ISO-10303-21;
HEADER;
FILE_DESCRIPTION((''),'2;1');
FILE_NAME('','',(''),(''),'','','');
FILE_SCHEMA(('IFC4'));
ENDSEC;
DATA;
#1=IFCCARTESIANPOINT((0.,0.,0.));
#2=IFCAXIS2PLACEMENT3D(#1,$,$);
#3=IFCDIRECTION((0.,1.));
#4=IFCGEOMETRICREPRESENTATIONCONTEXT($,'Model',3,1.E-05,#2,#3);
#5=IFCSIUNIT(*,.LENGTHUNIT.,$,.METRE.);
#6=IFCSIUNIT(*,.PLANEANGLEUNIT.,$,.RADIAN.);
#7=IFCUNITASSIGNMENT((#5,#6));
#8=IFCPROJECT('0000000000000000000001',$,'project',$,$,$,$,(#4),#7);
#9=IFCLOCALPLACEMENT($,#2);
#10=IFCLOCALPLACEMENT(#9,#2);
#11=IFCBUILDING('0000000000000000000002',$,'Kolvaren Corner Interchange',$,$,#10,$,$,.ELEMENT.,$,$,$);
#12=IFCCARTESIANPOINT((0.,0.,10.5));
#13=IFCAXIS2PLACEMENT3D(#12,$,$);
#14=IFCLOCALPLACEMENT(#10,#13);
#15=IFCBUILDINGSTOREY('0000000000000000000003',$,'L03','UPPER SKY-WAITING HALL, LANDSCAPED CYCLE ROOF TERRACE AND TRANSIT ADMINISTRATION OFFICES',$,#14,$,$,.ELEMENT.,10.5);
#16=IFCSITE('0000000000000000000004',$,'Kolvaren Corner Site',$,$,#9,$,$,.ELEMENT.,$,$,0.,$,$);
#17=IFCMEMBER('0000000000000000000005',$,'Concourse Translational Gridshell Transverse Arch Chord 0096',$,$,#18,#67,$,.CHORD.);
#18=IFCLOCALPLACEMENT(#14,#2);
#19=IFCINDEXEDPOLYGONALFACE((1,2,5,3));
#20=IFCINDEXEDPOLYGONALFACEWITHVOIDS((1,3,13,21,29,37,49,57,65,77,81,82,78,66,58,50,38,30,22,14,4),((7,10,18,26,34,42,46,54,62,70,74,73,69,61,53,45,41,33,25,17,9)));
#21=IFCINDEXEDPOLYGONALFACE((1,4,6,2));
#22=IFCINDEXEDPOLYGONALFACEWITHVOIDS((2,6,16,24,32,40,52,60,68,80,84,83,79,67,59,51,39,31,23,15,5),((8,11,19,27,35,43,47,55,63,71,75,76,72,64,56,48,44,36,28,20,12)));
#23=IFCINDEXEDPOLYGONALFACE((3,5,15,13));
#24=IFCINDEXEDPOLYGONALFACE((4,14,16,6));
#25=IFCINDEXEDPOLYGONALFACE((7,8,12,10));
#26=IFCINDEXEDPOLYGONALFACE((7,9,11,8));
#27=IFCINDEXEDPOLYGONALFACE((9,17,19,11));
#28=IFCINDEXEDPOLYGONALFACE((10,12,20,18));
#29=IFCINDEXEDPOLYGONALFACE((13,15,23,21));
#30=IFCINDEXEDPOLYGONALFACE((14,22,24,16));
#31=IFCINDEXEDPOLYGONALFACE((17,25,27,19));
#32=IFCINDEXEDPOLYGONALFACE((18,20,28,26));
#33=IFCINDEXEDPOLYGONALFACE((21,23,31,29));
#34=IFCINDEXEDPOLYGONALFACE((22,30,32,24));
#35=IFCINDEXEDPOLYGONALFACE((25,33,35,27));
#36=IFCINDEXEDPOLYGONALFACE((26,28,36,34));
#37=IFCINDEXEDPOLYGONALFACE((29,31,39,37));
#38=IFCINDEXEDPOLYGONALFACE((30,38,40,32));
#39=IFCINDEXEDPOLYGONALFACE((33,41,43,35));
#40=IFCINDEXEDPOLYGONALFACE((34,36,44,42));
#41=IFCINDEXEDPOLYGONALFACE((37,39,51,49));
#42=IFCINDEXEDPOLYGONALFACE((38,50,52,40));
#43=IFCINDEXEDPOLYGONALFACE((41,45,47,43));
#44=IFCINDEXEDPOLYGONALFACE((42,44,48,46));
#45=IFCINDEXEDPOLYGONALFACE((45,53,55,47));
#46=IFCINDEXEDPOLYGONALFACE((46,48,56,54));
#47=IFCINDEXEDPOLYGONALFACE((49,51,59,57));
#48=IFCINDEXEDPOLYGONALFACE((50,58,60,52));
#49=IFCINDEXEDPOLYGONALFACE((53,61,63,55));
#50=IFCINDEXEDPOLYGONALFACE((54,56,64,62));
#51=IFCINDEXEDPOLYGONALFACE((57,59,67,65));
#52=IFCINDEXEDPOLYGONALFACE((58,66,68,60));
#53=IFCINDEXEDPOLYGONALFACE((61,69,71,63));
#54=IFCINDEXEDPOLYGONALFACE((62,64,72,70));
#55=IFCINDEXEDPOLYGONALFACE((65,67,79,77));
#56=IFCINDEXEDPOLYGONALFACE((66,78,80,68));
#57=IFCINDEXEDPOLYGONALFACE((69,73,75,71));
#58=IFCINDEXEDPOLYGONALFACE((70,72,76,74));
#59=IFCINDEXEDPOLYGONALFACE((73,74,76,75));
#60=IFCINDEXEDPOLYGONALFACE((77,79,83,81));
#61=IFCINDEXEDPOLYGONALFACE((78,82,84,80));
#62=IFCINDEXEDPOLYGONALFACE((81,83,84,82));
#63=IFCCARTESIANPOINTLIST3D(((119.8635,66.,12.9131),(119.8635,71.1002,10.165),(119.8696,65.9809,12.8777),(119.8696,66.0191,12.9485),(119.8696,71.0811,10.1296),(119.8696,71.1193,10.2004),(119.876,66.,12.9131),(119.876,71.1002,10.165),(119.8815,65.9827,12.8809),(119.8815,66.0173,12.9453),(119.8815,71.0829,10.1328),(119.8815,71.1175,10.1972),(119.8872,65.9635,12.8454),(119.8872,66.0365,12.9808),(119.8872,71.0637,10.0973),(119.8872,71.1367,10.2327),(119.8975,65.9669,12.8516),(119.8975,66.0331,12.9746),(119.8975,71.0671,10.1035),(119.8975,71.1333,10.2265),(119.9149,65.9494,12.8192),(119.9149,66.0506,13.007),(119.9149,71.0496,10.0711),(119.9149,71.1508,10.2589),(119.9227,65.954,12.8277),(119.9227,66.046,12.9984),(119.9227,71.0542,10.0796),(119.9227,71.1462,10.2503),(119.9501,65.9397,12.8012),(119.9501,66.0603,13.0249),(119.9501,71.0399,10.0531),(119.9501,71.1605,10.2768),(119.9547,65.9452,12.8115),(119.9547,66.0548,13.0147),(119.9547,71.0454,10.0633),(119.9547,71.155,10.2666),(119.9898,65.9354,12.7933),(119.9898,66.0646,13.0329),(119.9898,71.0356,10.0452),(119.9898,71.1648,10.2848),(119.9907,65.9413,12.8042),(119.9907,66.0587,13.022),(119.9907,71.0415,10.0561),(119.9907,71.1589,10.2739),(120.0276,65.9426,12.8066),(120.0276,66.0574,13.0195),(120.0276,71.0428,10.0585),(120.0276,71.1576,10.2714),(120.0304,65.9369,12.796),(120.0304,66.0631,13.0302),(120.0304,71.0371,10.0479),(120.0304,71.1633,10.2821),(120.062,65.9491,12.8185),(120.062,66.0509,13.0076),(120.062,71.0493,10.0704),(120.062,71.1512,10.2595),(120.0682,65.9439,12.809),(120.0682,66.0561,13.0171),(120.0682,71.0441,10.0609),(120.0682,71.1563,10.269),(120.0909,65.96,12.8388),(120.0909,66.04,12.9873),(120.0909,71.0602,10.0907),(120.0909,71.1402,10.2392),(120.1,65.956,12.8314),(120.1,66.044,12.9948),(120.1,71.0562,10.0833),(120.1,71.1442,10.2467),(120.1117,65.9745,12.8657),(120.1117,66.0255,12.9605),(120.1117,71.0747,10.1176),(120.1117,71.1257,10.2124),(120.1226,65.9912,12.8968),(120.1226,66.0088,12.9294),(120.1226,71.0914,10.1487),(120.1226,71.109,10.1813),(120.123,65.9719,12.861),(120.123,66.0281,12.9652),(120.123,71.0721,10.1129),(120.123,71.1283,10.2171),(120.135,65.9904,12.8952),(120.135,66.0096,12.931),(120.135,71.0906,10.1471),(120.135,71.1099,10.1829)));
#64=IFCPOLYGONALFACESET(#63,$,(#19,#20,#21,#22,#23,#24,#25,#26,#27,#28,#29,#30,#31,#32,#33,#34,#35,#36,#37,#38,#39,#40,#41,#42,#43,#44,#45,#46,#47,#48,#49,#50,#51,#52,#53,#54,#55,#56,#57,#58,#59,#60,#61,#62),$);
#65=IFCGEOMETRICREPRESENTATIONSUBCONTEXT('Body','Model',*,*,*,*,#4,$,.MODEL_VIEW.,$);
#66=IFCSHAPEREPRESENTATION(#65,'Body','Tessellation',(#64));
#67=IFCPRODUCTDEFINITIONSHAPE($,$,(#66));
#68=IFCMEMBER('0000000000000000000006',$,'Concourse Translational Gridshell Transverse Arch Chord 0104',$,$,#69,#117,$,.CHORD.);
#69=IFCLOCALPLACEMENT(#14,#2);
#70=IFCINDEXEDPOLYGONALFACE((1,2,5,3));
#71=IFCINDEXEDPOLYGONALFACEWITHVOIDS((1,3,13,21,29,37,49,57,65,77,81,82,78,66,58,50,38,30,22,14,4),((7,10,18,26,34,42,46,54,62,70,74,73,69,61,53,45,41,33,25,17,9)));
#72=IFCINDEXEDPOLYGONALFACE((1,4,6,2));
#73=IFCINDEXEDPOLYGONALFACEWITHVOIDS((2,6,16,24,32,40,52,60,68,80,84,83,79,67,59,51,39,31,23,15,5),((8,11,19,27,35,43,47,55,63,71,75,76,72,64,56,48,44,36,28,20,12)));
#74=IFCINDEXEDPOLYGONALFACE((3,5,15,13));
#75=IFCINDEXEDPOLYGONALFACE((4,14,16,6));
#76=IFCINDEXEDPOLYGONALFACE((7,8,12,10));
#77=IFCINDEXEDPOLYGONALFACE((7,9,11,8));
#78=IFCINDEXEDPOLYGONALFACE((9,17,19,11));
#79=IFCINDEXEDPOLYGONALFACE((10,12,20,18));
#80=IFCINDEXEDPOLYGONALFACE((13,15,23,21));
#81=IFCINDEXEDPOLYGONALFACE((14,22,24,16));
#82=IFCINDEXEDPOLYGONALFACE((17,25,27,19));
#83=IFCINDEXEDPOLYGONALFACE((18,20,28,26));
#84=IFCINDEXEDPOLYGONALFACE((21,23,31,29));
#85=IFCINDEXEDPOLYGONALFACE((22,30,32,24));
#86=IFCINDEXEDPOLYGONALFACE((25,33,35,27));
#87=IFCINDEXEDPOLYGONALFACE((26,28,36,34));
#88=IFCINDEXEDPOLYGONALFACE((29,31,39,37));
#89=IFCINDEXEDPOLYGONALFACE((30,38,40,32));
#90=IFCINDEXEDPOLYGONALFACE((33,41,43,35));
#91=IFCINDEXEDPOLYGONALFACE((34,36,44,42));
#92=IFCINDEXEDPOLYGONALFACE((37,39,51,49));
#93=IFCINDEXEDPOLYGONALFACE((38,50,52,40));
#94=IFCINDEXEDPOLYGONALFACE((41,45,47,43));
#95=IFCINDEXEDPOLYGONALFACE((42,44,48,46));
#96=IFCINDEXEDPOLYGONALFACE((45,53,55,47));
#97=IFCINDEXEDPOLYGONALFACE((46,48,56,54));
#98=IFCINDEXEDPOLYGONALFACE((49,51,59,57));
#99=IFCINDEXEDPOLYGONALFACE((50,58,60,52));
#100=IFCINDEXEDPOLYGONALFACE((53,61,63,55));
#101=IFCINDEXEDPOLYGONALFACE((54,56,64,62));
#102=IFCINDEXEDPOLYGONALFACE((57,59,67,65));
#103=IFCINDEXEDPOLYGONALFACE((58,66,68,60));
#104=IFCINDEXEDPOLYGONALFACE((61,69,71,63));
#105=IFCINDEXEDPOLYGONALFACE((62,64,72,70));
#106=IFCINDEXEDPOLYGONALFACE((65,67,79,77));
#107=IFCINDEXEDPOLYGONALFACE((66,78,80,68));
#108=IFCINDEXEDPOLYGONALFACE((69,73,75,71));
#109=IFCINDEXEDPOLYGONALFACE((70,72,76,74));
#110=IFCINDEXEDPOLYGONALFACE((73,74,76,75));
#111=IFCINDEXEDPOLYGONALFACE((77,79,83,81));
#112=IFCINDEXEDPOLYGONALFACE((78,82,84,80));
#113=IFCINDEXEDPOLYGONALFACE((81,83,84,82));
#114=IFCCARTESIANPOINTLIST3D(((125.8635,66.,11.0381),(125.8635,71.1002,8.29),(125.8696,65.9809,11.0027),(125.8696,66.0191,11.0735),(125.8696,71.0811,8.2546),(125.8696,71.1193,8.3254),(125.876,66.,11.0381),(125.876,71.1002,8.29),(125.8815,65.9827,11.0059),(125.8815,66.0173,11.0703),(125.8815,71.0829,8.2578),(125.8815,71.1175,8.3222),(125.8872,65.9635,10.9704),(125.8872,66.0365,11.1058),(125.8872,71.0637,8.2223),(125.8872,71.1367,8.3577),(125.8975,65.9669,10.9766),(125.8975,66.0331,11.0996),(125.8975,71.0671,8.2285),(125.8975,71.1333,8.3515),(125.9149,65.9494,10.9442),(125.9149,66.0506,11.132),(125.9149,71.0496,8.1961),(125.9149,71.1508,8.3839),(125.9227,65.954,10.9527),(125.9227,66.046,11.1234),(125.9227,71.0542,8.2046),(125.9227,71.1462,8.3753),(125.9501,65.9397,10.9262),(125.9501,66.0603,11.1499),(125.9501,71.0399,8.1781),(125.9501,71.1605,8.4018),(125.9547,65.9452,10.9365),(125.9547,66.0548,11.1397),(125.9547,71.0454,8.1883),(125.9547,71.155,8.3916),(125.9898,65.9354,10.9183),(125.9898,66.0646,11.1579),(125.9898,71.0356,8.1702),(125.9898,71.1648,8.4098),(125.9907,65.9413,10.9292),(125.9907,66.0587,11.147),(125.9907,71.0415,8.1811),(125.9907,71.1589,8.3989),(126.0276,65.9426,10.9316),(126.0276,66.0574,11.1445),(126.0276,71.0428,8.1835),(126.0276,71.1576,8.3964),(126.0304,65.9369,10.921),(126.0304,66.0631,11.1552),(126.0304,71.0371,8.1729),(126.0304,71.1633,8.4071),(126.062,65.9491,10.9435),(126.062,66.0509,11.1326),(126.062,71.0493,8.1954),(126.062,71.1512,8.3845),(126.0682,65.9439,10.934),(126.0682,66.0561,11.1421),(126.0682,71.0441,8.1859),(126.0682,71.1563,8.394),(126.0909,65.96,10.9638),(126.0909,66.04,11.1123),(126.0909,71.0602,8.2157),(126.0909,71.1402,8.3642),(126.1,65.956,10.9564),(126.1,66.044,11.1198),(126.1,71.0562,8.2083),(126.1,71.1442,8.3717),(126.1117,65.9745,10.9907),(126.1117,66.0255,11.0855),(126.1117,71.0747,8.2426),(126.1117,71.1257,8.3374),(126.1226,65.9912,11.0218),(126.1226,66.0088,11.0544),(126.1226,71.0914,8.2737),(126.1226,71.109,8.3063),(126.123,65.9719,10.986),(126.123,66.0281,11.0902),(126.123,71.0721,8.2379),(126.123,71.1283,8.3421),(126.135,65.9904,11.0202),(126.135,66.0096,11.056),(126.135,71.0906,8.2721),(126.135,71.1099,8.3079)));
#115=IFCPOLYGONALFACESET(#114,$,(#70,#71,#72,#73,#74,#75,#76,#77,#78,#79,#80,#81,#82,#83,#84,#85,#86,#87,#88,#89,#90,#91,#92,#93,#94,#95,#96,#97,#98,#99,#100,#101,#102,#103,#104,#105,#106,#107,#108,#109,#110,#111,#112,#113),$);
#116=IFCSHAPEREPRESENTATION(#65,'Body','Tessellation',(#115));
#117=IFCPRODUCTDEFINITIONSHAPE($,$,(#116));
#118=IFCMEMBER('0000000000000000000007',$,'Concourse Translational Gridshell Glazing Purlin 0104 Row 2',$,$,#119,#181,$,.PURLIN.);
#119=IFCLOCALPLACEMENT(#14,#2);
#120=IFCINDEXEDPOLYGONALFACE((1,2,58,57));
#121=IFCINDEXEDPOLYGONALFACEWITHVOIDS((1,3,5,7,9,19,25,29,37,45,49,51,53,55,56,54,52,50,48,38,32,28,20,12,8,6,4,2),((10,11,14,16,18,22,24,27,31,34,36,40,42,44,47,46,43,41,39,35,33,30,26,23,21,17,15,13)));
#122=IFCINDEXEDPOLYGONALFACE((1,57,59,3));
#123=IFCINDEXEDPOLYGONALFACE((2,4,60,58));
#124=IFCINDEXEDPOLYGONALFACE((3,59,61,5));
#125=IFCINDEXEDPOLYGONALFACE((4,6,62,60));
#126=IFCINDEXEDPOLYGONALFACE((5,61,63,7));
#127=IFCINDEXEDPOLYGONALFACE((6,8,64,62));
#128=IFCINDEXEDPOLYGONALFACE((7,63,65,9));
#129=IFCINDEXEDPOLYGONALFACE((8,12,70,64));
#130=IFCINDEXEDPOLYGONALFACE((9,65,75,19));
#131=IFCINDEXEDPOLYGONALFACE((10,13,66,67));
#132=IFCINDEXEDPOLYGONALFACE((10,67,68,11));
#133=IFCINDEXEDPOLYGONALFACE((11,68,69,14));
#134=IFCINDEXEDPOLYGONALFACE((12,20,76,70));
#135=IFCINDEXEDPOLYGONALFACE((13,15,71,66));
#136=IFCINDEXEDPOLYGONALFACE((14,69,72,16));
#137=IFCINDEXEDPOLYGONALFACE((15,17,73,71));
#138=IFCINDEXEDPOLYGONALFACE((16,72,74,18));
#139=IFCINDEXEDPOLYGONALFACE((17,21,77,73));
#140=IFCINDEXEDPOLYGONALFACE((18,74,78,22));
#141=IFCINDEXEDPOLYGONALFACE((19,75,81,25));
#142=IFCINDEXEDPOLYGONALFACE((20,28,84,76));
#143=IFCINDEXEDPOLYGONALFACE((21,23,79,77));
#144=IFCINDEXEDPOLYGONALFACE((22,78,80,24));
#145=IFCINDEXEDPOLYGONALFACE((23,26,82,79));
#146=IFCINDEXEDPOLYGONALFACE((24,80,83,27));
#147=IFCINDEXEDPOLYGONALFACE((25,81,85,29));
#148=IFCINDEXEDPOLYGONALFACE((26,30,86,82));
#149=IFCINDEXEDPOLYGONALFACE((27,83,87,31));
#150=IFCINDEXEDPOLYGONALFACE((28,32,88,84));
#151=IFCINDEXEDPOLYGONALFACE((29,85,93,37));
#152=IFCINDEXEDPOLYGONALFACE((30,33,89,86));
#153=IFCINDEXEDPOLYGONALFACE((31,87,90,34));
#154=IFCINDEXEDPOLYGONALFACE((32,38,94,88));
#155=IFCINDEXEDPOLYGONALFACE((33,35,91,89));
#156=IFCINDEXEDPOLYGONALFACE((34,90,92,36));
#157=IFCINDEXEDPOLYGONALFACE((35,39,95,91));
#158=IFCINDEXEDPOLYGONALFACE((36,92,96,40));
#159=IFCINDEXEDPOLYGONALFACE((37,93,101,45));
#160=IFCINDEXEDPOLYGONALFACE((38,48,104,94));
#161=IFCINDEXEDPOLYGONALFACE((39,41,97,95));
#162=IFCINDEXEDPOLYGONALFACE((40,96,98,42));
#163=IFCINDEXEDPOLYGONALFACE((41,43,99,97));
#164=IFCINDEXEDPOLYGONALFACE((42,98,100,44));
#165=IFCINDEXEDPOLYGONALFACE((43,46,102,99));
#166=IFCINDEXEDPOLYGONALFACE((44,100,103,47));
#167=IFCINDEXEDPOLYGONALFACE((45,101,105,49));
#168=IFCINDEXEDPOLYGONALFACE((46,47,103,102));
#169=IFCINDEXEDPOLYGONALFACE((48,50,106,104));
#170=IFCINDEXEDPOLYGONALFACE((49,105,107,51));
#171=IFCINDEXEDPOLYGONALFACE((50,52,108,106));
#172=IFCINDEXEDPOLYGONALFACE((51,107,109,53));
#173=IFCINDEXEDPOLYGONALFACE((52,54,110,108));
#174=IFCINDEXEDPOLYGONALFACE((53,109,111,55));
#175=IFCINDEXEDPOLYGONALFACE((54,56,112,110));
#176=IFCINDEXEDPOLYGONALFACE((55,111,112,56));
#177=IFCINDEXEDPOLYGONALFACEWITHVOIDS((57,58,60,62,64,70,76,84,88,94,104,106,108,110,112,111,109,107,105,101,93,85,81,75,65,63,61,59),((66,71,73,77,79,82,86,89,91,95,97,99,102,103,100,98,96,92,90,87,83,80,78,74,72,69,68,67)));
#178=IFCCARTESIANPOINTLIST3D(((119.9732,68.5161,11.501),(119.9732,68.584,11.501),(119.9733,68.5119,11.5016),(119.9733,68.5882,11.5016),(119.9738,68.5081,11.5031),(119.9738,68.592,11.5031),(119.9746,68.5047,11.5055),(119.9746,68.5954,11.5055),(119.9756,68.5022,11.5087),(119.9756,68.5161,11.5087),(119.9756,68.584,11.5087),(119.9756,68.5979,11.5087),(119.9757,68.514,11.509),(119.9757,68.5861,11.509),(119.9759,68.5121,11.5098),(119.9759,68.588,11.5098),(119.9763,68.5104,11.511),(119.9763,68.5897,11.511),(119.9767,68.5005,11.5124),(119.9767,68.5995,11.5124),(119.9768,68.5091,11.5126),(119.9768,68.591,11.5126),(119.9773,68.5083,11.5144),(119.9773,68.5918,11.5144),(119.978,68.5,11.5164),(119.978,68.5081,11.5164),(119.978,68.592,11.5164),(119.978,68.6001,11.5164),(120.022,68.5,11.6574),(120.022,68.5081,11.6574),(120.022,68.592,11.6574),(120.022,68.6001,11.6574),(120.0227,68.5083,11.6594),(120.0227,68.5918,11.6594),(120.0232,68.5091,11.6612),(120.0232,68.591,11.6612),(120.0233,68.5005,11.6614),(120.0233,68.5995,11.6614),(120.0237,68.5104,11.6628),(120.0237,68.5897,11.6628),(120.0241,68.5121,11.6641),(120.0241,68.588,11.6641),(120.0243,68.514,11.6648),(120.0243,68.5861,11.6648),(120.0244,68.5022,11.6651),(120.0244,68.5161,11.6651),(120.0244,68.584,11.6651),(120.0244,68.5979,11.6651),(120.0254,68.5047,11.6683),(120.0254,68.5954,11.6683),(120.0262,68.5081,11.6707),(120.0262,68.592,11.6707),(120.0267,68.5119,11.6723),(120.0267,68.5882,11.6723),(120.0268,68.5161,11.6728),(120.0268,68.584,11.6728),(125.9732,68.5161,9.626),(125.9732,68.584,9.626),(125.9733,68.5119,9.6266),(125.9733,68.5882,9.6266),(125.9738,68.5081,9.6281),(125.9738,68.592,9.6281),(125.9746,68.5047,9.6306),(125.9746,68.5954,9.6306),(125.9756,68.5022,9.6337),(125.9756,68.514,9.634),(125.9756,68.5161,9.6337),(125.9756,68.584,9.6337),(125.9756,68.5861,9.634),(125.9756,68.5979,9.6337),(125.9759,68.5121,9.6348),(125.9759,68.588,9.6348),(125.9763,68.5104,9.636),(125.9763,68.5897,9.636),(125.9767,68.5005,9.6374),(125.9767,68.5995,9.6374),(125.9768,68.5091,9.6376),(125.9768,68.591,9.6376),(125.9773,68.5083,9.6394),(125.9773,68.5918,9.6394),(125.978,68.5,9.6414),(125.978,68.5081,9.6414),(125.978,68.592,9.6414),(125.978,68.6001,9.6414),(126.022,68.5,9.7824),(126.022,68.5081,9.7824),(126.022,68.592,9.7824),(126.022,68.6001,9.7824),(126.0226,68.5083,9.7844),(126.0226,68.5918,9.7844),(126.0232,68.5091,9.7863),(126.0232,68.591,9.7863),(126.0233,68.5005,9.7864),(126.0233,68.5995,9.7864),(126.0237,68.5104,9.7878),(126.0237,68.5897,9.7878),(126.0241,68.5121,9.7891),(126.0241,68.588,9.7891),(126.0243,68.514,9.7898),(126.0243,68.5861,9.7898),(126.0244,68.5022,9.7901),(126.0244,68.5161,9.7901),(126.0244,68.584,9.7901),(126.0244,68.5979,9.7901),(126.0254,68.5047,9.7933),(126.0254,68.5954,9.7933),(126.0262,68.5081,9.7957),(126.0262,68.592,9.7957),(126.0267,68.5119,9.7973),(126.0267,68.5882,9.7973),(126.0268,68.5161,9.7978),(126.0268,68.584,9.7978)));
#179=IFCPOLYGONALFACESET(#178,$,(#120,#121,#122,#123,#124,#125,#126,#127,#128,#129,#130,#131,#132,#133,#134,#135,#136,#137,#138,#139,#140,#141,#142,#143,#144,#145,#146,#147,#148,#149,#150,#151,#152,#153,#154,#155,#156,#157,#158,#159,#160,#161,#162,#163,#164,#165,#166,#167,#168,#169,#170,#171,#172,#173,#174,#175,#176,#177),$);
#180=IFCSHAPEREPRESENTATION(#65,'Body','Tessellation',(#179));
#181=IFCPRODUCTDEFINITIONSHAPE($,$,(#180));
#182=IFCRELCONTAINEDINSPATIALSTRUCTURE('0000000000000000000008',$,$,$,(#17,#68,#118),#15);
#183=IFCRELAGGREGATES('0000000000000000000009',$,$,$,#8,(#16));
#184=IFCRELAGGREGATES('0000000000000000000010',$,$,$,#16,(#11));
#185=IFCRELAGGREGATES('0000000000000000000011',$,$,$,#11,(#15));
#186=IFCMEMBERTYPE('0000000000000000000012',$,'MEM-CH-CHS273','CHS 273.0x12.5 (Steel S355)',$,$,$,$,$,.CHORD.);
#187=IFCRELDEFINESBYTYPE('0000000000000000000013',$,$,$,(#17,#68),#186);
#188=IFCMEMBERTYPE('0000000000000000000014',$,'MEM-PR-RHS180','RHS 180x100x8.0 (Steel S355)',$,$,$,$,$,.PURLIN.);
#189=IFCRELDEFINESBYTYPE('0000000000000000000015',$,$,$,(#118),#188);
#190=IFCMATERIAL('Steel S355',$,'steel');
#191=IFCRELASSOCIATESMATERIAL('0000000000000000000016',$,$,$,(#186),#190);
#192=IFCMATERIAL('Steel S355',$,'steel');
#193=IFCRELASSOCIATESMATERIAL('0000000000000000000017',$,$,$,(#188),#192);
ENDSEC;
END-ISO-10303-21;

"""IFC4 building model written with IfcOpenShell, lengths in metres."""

from ifc_helpers import new_model, si_unit, direction, frame, origin, origin_2d, place, context, subcontext, project, spatial, hollow_rectangle, hollow_circle, extrude, material, material_profile, profile_set, type_object, element, save


model = new_model("IFC4")

# Units and contexts
model_context = context("Model", 3, precision=1e-05, world=origin(), true_north=direction((0.0, 1.0)))
body_context = subcontext(model_context, "Body", "Model", "MODEL_VIEW")
ifc_project = project(units=[si_unit("LENGTHUNIT", "METRE"), si_unit("PLANEANGLEUNIT", "RADIAN")], contexts=[model_context])

# Site, building, storey
site_placement = place(None, origin())
site = spatial("IfcSite", under=ifc_project, at=site_placement, Name="Kolvaren Corner Site", CompositionType="ELEMENT", RefElevation=0.0)
building_placement = place(site_placement, origin())
building = spatial("IfcBuilding", under=site, at=building_placement, Name="Kolvaren Corner Interchange", CompositionType="ELEMENT")
storey_placement = place(building_placement, frame((0.0, 0.0, 10.5)))
storey = spatial("IfcBuildingStorey", under=building, at=storey_placement, Name="L03", Description="UPPER SKY-WAITING HALL, LANDSCAPED CYCLE ROOF TERRACE AND TRANSIT ADMINISTRATION OFFICES", CompositionType="ELEMENT", Elevation=10.5)

# Members
ifc_material_1 = material(Name="Steel S355", Category="steel")
ifc_material_profile_1 = material_profile(ifc_material_1, hollow_circle(Radius=0.1365, WallThickness=0.0125, at=origin_2d()), Name="CHS 273.0x12.5")
ifc_profile_set_1 = profile_set([ifc_material_profile_1], Name="Steel S355")
member_type_1 = type_object("IfcMemberType", Name="MEM-CH-CHS273", Description="CHS 273.0x12.5 (Steel S355)", PredefinedType="CHORD", material=ifc_profile_set_1)
for number, where, z_axis, x_axis, name in (
    (1, (120.0, 66.0, 12.9131), (0.0, 0.880338, -0.474346), (-1.0, 0.0, 0.0), "Concourse Translational Gridshell Transverse Arch Chord 0096"),
    (2, (126.0, 66.0, 11.0381), (0.0, 0.880338, -0.474346), (-1.0, 0.0, 0.0), "Concourse Translational Gridshell Transverse Arch Chord 0104"),
):
    element("IfcMember", number, at=place(storey_placement, frame(where, z_axis=z_axis, x_axis=x_axis)), inside=storey, type_object=member_type_1, Name=name, PredefinedType="CHORD", context=body_context, shape_type="SweptSolid", body=[
        extrude(hollow_circle(Radius=0.1365, WallThickness=0.0125, at=origin_2d()), origin(), (0.0, 0.0, 1.0), 5.7935),
    ])
ifc_material_2 = material(Name="Steel S355", Category="steel")
ifc_material_profile_2 = material_profile(ifc_material_2, hollow_rectangle(XDim=0.1001, YDim=0.1799, WallThickness=0.0081, InnerFilletRadius=0.0081, OuterFilletRadius=0.0161, at=origin_2d()), Name="RHS 180x100x8.0")
ifc_profile_set_2 = profile_set([ifc_material_profile_2], Name="Steel S355")
member_type_2 = type_object("IfcMemberType", Name="MEM-PR-RHS180", Description="RHS 180x100x8.0 (Steel S355)", PredefinedType="PURLIN", material=ifc_profile_set_2)
member_1_placement = place(storey_placement, frame((120.0, 68.55, 11.5869), z_axis=(0.95448, 0.0, -0.298275), x_axis=(0.0, 1.0, 0.0)))
element("IfcMember", 3, at=member_1_placement, inside=storey, type_object=member_type_2, Name="Concourse Translational Gridshell Glazing Purlin 0104 Row 2", PredefinedType="PURLIN", context=body_context, shape_type="SweptSolid", body=[
    extrude(hollow_rectangle(XDim=0.1001, YDim=0.1799, WallThickness=0.0081, InnerFilletRadius=0.0081, OuterFilletRadius=0.0161, at=origin_2d()), origin(), (0.0, 0.0, 1.0), 6.2861),
])

save(model, "model.ifc")
